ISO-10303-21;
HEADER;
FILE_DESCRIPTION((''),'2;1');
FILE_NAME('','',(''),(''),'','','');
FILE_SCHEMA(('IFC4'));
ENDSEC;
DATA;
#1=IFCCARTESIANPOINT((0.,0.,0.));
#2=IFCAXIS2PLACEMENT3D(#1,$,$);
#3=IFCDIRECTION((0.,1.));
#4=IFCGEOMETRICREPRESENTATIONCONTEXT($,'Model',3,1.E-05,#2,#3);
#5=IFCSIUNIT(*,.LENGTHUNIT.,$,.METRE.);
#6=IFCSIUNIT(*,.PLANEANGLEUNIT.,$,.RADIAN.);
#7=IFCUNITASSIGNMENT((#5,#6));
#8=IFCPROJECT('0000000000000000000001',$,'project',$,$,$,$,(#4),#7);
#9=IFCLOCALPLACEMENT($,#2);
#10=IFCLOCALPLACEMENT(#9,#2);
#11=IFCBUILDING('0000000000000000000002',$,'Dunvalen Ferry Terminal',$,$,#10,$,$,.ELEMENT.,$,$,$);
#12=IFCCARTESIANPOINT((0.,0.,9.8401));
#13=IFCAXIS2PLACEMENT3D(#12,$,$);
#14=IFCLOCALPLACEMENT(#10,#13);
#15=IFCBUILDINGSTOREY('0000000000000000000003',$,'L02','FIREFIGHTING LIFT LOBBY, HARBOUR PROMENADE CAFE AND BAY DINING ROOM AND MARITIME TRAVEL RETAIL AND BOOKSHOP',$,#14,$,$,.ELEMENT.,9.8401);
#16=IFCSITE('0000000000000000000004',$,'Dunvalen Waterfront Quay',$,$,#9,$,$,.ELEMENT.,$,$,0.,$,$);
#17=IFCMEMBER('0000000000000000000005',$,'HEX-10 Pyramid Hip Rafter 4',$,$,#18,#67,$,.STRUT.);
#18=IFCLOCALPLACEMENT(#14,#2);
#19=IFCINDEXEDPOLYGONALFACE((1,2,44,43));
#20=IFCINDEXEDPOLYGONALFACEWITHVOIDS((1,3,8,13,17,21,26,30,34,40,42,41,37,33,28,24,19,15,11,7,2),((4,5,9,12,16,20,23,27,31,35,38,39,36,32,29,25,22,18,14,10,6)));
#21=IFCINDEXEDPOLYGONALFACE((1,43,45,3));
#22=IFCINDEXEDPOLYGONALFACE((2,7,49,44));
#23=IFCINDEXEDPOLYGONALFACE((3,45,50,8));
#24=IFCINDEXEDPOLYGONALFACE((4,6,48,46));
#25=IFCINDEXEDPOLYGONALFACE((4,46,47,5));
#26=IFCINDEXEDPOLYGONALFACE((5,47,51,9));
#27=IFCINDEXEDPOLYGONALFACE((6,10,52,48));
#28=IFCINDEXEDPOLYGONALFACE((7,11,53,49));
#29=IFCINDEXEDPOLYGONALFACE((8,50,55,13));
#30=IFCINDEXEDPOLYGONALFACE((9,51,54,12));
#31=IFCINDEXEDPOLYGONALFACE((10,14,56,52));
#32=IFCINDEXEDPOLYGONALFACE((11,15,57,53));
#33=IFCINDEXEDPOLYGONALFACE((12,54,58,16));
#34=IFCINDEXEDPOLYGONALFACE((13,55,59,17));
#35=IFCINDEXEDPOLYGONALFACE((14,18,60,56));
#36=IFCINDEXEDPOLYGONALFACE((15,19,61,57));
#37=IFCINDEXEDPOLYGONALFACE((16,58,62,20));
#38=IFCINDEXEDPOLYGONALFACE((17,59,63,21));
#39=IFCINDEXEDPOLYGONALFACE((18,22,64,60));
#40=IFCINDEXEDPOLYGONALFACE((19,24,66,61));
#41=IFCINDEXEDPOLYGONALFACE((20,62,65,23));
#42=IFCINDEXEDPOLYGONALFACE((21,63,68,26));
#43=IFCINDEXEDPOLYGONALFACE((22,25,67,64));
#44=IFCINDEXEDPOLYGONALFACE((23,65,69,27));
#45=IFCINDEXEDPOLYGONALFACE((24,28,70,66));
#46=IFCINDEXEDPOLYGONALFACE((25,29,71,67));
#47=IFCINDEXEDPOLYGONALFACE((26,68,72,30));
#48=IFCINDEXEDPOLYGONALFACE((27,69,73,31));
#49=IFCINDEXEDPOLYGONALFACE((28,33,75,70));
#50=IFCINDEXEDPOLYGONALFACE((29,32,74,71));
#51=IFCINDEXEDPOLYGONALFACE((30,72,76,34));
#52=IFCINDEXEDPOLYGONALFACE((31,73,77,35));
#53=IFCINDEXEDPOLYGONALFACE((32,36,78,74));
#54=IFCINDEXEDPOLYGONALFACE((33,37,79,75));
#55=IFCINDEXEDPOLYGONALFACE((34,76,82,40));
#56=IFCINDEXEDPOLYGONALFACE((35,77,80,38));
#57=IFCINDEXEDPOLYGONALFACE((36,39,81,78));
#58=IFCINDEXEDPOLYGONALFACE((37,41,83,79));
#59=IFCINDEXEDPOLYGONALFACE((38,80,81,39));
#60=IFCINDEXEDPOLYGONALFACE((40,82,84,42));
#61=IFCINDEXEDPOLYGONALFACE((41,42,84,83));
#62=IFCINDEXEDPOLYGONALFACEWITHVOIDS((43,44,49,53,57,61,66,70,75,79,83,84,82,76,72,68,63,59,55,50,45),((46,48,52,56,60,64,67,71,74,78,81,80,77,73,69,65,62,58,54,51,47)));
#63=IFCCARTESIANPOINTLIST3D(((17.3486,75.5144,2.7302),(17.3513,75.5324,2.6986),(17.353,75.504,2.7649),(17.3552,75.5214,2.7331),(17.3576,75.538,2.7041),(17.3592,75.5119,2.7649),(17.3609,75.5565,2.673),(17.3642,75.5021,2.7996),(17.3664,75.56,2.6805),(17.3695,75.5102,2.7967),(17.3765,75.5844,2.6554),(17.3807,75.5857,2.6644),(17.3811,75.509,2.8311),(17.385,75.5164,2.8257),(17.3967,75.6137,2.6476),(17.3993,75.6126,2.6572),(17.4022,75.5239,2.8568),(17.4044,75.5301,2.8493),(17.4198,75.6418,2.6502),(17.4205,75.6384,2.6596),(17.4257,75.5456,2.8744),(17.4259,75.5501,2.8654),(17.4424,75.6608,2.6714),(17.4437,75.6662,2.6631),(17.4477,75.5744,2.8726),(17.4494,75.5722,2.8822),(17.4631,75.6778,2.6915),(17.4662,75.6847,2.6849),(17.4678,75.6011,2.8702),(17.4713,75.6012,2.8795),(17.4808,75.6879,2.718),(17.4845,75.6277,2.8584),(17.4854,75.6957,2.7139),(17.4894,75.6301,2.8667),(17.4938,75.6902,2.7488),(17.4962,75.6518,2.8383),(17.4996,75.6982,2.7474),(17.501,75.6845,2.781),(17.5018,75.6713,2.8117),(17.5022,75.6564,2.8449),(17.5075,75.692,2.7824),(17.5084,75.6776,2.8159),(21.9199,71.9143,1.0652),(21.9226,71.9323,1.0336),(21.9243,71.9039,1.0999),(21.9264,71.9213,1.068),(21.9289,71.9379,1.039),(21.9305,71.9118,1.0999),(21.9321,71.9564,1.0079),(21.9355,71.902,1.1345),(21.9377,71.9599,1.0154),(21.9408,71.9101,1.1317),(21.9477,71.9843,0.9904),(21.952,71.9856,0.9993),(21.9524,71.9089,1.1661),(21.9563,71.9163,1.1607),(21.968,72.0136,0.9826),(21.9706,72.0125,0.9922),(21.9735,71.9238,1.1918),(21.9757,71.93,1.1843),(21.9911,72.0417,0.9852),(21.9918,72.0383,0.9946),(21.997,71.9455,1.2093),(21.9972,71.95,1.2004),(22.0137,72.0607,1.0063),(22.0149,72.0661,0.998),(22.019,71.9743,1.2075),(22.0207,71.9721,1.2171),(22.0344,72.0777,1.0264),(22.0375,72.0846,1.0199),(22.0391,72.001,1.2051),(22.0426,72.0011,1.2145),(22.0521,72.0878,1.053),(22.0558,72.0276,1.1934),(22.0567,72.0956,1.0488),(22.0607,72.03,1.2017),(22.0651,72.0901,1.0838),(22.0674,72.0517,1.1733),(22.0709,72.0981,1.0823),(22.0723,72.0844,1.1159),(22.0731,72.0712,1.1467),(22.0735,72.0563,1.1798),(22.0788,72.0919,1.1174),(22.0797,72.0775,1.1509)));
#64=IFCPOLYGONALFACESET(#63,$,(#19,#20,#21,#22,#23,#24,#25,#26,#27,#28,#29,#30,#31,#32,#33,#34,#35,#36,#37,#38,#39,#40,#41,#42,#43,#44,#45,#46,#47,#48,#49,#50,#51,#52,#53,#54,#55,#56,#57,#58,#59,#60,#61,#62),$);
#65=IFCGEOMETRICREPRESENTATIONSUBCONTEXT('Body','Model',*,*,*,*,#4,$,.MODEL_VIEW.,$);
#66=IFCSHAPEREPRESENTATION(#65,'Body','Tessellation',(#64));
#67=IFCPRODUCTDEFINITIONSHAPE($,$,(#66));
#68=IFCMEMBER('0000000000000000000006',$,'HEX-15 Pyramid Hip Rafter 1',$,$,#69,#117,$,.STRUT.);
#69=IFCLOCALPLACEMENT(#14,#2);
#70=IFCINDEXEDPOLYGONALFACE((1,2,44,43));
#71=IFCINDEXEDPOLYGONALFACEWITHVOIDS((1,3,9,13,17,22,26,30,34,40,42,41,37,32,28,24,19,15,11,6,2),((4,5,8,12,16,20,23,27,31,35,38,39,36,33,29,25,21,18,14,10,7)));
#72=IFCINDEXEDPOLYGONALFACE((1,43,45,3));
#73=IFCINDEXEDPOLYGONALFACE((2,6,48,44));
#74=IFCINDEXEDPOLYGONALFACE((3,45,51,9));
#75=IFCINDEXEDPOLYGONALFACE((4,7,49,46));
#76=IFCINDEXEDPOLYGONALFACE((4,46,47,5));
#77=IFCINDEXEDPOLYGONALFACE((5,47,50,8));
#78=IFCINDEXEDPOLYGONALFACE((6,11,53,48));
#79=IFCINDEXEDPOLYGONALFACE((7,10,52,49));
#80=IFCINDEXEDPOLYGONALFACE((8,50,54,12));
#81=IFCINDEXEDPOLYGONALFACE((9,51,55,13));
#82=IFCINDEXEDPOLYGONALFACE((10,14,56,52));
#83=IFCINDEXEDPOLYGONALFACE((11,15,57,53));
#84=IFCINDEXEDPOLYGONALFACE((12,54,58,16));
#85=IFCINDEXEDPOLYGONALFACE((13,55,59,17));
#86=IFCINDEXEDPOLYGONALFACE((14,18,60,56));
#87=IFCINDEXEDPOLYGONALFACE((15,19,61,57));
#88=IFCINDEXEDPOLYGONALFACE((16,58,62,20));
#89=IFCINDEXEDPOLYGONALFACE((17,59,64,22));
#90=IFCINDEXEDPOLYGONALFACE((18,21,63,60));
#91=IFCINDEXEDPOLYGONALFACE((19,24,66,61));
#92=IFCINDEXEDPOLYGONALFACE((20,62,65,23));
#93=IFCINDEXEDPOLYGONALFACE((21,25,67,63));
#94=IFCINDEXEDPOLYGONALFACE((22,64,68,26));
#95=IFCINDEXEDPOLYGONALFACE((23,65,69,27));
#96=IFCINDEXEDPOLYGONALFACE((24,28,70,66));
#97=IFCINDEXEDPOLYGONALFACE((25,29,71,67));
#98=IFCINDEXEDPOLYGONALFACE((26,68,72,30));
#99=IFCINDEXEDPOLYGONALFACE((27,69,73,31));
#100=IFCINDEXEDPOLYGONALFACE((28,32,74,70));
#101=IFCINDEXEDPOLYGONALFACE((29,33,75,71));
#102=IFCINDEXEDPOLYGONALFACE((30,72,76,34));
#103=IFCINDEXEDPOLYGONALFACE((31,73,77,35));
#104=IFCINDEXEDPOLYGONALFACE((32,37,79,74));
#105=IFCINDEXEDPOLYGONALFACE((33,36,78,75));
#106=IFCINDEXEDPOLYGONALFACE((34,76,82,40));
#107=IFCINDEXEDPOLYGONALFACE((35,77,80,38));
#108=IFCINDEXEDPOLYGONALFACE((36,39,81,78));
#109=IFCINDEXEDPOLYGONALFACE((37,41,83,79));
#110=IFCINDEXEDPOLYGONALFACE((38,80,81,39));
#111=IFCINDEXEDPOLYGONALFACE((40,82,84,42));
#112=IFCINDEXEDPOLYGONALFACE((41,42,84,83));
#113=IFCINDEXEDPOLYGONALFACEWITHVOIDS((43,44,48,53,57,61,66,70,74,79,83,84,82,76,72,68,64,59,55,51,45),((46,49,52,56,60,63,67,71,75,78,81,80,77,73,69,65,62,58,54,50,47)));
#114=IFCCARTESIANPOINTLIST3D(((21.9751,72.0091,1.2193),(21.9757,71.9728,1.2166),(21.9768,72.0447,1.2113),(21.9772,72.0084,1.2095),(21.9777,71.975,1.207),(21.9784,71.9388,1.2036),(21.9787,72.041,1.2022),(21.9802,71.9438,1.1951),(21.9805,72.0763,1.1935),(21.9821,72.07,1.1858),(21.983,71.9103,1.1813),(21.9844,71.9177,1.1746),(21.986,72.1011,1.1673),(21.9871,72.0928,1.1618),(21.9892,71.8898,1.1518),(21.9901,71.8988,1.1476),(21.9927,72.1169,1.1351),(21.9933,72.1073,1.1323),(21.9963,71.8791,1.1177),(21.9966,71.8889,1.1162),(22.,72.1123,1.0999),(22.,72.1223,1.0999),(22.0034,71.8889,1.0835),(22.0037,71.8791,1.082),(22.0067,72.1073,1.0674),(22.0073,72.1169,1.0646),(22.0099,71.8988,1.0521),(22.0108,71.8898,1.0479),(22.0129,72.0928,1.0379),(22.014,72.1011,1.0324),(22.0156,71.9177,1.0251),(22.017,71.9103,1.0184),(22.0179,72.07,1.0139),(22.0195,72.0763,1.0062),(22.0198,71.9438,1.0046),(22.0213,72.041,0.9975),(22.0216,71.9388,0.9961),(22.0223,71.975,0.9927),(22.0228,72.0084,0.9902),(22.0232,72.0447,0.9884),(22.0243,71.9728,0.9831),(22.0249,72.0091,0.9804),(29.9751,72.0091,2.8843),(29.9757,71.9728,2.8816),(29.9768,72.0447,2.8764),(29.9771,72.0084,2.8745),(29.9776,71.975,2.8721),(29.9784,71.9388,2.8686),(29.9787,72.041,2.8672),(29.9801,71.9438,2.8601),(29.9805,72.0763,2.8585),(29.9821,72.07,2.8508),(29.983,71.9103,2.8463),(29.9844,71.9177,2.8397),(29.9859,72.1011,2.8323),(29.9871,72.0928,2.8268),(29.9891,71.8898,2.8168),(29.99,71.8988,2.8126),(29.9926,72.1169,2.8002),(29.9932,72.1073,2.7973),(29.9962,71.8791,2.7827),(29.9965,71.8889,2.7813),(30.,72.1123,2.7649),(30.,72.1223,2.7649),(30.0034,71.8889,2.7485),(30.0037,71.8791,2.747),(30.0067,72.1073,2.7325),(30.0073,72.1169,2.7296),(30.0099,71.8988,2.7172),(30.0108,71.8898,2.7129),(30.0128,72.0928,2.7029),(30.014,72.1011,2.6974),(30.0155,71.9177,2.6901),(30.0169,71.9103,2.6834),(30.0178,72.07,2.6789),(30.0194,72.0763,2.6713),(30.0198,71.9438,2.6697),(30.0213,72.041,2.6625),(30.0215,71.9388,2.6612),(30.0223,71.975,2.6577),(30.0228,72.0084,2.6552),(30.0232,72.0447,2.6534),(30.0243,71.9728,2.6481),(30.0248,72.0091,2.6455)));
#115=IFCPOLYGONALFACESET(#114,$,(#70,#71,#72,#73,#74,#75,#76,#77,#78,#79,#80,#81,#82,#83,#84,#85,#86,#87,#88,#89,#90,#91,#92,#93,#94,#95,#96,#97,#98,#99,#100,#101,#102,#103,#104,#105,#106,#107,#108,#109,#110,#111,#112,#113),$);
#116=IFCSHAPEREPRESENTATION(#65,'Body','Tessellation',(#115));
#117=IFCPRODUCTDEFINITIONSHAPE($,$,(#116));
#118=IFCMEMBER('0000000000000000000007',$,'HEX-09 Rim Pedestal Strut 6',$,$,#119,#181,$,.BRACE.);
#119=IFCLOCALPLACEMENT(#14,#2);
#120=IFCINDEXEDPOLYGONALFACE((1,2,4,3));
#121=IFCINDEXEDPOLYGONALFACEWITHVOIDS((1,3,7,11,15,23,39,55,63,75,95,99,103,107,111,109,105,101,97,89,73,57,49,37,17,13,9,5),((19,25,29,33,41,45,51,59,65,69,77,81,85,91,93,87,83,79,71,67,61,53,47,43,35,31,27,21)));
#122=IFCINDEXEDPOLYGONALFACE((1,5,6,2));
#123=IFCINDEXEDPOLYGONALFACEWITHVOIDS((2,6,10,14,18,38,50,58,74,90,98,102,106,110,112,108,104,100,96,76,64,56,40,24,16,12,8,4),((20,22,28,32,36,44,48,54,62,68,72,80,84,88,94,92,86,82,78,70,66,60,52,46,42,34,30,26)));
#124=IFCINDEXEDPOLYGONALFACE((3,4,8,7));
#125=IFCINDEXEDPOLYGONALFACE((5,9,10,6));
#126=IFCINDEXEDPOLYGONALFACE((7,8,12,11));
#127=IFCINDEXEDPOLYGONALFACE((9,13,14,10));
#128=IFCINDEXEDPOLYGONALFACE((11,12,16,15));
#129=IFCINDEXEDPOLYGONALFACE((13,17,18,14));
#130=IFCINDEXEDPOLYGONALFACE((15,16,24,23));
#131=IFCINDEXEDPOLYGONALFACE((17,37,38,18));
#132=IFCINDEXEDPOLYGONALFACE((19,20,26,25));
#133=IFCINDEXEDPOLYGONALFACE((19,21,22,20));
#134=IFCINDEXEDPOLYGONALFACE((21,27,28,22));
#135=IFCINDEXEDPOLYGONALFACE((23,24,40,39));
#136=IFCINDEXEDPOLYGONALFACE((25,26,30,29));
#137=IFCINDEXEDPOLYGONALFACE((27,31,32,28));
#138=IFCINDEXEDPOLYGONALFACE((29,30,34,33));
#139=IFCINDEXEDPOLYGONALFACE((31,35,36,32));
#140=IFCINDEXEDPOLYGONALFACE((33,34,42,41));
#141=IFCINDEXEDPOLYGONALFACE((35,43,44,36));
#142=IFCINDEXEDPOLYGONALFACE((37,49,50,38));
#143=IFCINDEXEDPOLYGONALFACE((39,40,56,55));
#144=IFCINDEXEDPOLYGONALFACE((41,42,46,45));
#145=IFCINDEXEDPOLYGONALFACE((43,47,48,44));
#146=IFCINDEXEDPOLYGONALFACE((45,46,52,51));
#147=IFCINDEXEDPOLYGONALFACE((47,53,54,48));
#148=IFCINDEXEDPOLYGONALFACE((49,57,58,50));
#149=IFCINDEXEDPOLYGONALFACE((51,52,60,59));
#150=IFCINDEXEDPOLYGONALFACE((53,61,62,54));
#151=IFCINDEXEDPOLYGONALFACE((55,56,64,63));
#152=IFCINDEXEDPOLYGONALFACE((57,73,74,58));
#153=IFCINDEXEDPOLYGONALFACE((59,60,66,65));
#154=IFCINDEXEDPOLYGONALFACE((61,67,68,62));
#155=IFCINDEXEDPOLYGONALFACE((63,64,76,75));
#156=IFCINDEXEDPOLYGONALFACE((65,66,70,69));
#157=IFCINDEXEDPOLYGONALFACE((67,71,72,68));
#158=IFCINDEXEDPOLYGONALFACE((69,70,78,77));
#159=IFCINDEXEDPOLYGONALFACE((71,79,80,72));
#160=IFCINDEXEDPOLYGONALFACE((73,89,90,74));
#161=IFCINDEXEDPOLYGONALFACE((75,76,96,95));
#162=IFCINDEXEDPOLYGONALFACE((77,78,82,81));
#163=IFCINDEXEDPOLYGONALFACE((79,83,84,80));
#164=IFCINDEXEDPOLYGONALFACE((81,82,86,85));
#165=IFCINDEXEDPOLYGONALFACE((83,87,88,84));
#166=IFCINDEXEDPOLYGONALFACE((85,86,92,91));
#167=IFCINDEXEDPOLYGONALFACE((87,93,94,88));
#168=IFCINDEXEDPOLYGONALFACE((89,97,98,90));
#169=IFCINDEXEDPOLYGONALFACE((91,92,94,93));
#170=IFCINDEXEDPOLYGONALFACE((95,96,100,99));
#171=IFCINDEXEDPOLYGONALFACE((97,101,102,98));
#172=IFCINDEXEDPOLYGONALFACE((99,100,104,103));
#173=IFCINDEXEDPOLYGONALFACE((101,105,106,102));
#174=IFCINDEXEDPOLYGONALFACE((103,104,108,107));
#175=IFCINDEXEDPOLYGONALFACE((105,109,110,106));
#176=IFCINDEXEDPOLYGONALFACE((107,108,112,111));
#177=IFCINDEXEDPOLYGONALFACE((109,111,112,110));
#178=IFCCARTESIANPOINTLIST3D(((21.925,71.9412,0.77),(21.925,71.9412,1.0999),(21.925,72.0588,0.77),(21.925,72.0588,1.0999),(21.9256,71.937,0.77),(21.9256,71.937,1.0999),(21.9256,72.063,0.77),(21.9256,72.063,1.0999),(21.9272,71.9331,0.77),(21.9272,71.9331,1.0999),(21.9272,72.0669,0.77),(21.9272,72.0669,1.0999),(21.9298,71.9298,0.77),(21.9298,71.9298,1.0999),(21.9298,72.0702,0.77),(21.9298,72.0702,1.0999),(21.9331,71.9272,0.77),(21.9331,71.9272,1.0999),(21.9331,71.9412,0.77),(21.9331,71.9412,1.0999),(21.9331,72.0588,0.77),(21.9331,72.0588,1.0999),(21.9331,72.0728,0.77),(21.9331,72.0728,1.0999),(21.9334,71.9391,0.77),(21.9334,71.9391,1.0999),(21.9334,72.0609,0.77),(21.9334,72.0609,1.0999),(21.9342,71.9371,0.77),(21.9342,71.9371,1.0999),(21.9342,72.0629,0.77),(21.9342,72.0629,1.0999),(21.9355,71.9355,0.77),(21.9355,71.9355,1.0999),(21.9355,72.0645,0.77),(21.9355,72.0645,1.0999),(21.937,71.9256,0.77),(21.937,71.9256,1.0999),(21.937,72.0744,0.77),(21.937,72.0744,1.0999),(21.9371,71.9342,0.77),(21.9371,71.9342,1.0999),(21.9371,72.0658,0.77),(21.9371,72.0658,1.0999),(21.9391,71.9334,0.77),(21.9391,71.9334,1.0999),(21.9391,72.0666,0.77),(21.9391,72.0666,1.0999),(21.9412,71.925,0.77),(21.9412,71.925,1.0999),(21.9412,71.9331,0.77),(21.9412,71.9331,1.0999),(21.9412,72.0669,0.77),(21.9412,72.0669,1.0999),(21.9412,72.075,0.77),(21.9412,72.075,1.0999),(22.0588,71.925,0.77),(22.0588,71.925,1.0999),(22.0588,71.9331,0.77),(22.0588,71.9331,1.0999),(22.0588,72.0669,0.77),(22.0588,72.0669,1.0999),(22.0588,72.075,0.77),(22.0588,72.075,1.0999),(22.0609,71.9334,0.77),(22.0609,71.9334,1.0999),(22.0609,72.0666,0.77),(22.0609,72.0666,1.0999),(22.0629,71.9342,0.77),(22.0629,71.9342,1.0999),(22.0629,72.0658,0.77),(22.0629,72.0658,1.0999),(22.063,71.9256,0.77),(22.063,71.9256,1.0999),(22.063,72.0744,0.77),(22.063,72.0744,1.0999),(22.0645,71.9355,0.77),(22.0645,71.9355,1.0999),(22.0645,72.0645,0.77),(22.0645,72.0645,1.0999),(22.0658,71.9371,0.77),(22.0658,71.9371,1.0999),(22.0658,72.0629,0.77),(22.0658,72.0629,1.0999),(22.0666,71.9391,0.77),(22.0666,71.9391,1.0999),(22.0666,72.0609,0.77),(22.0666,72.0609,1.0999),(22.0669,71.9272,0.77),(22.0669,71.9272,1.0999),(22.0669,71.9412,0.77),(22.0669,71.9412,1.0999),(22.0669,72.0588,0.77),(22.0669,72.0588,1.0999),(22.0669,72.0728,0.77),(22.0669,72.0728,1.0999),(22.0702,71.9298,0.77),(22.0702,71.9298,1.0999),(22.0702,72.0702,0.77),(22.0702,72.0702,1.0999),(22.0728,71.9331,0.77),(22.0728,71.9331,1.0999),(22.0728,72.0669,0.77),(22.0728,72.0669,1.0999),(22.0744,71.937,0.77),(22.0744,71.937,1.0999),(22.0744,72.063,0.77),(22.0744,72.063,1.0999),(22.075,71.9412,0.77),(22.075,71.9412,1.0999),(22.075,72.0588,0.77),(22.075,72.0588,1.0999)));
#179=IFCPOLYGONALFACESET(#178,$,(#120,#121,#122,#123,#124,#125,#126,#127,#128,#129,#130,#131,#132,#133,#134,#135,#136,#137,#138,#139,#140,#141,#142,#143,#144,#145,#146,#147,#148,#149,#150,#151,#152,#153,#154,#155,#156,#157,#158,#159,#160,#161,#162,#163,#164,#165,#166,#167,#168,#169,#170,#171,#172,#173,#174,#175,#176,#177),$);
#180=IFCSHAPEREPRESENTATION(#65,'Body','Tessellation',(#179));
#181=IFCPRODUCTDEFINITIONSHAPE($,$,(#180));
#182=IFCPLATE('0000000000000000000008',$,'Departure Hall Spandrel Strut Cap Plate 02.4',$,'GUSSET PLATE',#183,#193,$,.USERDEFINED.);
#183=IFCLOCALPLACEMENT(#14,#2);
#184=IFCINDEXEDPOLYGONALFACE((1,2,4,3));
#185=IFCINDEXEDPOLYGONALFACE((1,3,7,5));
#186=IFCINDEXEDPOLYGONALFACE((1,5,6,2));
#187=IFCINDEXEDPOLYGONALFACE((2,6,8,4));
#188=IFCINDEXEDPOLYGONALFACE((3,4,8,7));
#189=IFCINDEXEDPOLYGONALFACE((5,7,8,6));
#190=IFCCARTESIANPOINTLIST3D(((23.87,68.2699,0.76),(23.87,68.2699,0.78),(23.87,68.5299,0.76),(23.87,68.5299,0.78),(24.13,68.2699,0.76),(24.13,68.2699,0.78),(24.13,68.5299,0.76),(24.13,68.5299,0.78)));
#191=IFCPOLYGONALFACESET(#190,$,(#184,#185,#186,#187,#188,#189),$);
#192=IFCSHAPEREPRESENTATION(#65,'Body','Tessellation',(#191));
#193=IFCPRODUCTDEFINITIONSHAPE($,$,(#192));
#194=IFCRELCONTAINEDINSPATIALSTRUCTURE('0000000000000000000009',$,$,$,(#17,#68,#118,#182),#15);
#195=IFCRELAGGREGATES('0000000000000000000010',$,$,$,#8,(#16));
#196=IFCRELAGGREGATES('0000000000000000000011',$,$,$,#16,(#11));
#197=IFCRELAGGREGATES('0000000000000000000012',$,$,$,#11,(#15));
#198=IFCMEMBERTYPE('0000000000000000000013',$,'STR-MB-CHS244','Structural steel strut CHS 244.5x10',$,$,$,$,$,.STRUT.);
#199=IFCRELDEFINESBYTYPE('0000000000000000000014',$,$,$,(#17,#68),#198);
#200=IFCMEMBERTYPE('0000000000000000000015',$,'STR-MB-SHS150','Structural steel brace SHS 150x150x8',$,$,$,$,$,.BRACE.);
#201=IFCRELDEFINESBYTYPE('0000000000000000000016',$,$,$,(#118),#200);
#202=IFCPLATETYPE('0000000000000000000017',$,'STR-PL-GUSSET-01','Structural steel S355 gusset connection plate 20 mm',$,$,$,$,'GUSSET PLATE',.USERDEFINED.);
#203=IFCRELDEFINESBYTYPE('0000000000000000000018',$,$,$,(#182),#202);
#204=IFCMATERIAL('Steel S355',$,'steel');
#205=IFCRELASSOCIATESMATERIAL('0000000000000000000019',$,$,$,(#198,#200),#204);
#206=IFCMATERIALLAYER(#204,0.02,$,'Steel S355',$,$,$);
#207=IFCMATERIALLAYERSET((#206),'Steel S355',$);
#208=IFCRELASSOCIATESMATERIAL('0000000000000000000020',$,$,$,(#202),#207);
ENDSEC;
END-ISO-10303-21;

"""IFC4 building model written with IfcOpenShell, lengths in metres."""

from ifc_helpers import new_model, si_unit, direction, frame, origin, origin_2d, place, context, subcontext, project, spatial, rectangle, hollow_rectangle, hollow_circle, extrude, material, layer, layer_set, material_profile, profile_set, type_object, element, save


model = new_model("IFC4")

# Units and contexts
model_context = context("Model", 3, precision=1e-05, world=origin(), true_north=direction((0.0, 1.0)))
body_context = subcontext(model_context, "Body", "Model", "MODEL_VIEW")
ifc_project = project(units=[si_unit("LENGTHUNIT", "METRE"), si_unit("PLANEANGLEUNIT", "RADIAN")], contexts=[model_context])

# Site, building, storey
site_placement = place(None, origin())
site = spatial("IfcSite", under=ifc_project, at=site_placement, Name="Dunvalen Waterfront Quay", CompositionType="ELEMENT", RefElevation=0.0)
building_placement = place(site_placement, origin())
building = spatial("IfcBuilding", under=site, at=building_placement, Name="Dunvalen Ferry Terminal", CompositionType="ELEMENT")
storey_placement = place(building_placement, frame((0.0, 0.0, 9.8401)))
storey = spatial("IfcBuildingStorey", under=building, at=storey_placement, Name="L02", Description="FIREFIGHTING LIFT LOBBY, HARBOUR PROMENADE CAFE AND BAY DINING ROOM AND MARITIME TRAVEL RETAIL AND BOOKSHOP", CompositionType="ELEMENT", Elevation=9.8401)

# Shared definitions
ifc_material_1 = material(Name="Steel S355", Category="steel")

# Members
ifc_material_profile_1 = material_profile(ifc_material_1, hollow_circle(Radius=0.1223, WallThickness=0.01, at=origin_2d()), Name="Steel S355")
ifc_profile_set_1 = profile_set([ifc_material_profile_1], Name="Steel S355")
member_type_1 = type_object("IfcMemberType", Name="STR-MB-CHS244", Description="Structural steel strut CHS 244.5x10", PredefinedType="STRUT", material=ifc_profile_set_1)
for number, where, z_axis, x_axis, name in (
    (1, (22.0, 72.0, 1.0999), (-0.755304, 0.594836, 0.275111), (-0.618711, -0.785619, 0.0), "HEX-10 Pyramid Hip Rafter 4"),
):
    element("IfcMember", number, at=place(storey_placement, frame(where, z_axis=z_axis, x_axis=x_axis)), inside=storey, type_object=member_type_1, Name=name, PredefinedType="STRUT", context=body_context, shape_type="SweptSolid", body=[
        extrude(hollow_circle(Radius=0.1223, WallThickness=0.01, at=origin_2d()), origin(), (0.0, 0.0, 1.0), 6.0522),
    ])
member_1_placement = place(storey_placement, frame((22.0, 72.0, 1.0999), z_axis=(0.97902, 0.0, 0.203763), x_axis=(0.0, 1.0, 0.0)))
element("IfcMember", 2, at=member_1_placement, inside=storey, type_object=member_type_1, Name="HEX-15 Pyramid Hip Rafter 1", PredefinedType="STRUT", context=body_context, shape_type="SweptSolid", body=[
    extrude(hollow_circle(Radius=0.1223, WallThickness=0.01, at=origin_2d()), origin(), (0.0, 0.0, 1.0), 8.1714),
])
ifc_material_profile_2 = material_profile(ifc_material_1, hollow_rectangle(XDim=0.1499, YDim=0.1499, WallThickness=0.0081, InnerFilletRadius=0.0081, OuterFilletRadius=0.0161, at=origin_2d()), Name="Steel S355")
ifc_profile_set_2 = profile_set([ifc_material_profile_2], Name="Steel S355")
member_type_2 = type_object("IfcMemberType", Name="STR-MB-SHS150", Description="Structural steel brace SHS 150x150x8", PredefinedType="BRACE", material=ifc_profile_set_2)
member_2_placement = place(storey_placement, frame((22.0, 72.0, 0.77), z_axis=(0.0, 0.0, 1.0), x_axis=(1.0, 0.0, 0.0)))
element("IfcMember", 3, at=member_2_placement, inside=storey, type_object=member_type_2, Name="HEX-09 Rim Pedestal Strut 6", PredefinedType="BRACE", context=body_context, shape_type="SweptSolid", body=[
    extrude(hollow_rectangle(XDim=0.1499, YDim=0.1499, WallThickness=0.0081, InnerFilletRadius=0.0081, OuterFilletRadius=0.0161, at=origin_2d()), origin(), (0.0, 0.0, 1.0), 0.3298),
])

# Plate
ifc_layer_1 = layer(ifc_material_1, 0.02, Name="Steel S355")
ifc_layer_set_1 = layer_set([ifc_layer_1], Name="Steel S355")
plate_type_1 = type_object("IfcPlateType", Name="STR-PL-GUSSET-01", Description="Structural steel S355 gusset connection plate 20 mm", ElementType="GUSSET PLATE", PredefinedType="USERDEFINED", material=ifc_layer_set_1)
for number, where, z_axis, x_axis, name in (
    (4, (24.0, 68.3999, 0.76), (0.0, 0.0, 1.0), (1.0, 0.0, 0.0), "Departure Hall Spandrel Strut Cap Plate 02.4"),
):
    element("IfcPlate", number, at=place(storey_placement, frame(where, z_axis=z_axis, x_axis=x_axis)), inside=storey, type_object=plate_type_1, Name=name, ObjectType="GUSSET PLATE", PredefinedType="USERDEFINED", context=body_context, shape_type="SweptSolid", body=[
        extrude(rectangle(XDim=0.26, YDim=0.26, at=origin_2d()), origin(), (0.0, 0.0, 1.0), 0.02),
    ])

save(model, "model.ifc")
